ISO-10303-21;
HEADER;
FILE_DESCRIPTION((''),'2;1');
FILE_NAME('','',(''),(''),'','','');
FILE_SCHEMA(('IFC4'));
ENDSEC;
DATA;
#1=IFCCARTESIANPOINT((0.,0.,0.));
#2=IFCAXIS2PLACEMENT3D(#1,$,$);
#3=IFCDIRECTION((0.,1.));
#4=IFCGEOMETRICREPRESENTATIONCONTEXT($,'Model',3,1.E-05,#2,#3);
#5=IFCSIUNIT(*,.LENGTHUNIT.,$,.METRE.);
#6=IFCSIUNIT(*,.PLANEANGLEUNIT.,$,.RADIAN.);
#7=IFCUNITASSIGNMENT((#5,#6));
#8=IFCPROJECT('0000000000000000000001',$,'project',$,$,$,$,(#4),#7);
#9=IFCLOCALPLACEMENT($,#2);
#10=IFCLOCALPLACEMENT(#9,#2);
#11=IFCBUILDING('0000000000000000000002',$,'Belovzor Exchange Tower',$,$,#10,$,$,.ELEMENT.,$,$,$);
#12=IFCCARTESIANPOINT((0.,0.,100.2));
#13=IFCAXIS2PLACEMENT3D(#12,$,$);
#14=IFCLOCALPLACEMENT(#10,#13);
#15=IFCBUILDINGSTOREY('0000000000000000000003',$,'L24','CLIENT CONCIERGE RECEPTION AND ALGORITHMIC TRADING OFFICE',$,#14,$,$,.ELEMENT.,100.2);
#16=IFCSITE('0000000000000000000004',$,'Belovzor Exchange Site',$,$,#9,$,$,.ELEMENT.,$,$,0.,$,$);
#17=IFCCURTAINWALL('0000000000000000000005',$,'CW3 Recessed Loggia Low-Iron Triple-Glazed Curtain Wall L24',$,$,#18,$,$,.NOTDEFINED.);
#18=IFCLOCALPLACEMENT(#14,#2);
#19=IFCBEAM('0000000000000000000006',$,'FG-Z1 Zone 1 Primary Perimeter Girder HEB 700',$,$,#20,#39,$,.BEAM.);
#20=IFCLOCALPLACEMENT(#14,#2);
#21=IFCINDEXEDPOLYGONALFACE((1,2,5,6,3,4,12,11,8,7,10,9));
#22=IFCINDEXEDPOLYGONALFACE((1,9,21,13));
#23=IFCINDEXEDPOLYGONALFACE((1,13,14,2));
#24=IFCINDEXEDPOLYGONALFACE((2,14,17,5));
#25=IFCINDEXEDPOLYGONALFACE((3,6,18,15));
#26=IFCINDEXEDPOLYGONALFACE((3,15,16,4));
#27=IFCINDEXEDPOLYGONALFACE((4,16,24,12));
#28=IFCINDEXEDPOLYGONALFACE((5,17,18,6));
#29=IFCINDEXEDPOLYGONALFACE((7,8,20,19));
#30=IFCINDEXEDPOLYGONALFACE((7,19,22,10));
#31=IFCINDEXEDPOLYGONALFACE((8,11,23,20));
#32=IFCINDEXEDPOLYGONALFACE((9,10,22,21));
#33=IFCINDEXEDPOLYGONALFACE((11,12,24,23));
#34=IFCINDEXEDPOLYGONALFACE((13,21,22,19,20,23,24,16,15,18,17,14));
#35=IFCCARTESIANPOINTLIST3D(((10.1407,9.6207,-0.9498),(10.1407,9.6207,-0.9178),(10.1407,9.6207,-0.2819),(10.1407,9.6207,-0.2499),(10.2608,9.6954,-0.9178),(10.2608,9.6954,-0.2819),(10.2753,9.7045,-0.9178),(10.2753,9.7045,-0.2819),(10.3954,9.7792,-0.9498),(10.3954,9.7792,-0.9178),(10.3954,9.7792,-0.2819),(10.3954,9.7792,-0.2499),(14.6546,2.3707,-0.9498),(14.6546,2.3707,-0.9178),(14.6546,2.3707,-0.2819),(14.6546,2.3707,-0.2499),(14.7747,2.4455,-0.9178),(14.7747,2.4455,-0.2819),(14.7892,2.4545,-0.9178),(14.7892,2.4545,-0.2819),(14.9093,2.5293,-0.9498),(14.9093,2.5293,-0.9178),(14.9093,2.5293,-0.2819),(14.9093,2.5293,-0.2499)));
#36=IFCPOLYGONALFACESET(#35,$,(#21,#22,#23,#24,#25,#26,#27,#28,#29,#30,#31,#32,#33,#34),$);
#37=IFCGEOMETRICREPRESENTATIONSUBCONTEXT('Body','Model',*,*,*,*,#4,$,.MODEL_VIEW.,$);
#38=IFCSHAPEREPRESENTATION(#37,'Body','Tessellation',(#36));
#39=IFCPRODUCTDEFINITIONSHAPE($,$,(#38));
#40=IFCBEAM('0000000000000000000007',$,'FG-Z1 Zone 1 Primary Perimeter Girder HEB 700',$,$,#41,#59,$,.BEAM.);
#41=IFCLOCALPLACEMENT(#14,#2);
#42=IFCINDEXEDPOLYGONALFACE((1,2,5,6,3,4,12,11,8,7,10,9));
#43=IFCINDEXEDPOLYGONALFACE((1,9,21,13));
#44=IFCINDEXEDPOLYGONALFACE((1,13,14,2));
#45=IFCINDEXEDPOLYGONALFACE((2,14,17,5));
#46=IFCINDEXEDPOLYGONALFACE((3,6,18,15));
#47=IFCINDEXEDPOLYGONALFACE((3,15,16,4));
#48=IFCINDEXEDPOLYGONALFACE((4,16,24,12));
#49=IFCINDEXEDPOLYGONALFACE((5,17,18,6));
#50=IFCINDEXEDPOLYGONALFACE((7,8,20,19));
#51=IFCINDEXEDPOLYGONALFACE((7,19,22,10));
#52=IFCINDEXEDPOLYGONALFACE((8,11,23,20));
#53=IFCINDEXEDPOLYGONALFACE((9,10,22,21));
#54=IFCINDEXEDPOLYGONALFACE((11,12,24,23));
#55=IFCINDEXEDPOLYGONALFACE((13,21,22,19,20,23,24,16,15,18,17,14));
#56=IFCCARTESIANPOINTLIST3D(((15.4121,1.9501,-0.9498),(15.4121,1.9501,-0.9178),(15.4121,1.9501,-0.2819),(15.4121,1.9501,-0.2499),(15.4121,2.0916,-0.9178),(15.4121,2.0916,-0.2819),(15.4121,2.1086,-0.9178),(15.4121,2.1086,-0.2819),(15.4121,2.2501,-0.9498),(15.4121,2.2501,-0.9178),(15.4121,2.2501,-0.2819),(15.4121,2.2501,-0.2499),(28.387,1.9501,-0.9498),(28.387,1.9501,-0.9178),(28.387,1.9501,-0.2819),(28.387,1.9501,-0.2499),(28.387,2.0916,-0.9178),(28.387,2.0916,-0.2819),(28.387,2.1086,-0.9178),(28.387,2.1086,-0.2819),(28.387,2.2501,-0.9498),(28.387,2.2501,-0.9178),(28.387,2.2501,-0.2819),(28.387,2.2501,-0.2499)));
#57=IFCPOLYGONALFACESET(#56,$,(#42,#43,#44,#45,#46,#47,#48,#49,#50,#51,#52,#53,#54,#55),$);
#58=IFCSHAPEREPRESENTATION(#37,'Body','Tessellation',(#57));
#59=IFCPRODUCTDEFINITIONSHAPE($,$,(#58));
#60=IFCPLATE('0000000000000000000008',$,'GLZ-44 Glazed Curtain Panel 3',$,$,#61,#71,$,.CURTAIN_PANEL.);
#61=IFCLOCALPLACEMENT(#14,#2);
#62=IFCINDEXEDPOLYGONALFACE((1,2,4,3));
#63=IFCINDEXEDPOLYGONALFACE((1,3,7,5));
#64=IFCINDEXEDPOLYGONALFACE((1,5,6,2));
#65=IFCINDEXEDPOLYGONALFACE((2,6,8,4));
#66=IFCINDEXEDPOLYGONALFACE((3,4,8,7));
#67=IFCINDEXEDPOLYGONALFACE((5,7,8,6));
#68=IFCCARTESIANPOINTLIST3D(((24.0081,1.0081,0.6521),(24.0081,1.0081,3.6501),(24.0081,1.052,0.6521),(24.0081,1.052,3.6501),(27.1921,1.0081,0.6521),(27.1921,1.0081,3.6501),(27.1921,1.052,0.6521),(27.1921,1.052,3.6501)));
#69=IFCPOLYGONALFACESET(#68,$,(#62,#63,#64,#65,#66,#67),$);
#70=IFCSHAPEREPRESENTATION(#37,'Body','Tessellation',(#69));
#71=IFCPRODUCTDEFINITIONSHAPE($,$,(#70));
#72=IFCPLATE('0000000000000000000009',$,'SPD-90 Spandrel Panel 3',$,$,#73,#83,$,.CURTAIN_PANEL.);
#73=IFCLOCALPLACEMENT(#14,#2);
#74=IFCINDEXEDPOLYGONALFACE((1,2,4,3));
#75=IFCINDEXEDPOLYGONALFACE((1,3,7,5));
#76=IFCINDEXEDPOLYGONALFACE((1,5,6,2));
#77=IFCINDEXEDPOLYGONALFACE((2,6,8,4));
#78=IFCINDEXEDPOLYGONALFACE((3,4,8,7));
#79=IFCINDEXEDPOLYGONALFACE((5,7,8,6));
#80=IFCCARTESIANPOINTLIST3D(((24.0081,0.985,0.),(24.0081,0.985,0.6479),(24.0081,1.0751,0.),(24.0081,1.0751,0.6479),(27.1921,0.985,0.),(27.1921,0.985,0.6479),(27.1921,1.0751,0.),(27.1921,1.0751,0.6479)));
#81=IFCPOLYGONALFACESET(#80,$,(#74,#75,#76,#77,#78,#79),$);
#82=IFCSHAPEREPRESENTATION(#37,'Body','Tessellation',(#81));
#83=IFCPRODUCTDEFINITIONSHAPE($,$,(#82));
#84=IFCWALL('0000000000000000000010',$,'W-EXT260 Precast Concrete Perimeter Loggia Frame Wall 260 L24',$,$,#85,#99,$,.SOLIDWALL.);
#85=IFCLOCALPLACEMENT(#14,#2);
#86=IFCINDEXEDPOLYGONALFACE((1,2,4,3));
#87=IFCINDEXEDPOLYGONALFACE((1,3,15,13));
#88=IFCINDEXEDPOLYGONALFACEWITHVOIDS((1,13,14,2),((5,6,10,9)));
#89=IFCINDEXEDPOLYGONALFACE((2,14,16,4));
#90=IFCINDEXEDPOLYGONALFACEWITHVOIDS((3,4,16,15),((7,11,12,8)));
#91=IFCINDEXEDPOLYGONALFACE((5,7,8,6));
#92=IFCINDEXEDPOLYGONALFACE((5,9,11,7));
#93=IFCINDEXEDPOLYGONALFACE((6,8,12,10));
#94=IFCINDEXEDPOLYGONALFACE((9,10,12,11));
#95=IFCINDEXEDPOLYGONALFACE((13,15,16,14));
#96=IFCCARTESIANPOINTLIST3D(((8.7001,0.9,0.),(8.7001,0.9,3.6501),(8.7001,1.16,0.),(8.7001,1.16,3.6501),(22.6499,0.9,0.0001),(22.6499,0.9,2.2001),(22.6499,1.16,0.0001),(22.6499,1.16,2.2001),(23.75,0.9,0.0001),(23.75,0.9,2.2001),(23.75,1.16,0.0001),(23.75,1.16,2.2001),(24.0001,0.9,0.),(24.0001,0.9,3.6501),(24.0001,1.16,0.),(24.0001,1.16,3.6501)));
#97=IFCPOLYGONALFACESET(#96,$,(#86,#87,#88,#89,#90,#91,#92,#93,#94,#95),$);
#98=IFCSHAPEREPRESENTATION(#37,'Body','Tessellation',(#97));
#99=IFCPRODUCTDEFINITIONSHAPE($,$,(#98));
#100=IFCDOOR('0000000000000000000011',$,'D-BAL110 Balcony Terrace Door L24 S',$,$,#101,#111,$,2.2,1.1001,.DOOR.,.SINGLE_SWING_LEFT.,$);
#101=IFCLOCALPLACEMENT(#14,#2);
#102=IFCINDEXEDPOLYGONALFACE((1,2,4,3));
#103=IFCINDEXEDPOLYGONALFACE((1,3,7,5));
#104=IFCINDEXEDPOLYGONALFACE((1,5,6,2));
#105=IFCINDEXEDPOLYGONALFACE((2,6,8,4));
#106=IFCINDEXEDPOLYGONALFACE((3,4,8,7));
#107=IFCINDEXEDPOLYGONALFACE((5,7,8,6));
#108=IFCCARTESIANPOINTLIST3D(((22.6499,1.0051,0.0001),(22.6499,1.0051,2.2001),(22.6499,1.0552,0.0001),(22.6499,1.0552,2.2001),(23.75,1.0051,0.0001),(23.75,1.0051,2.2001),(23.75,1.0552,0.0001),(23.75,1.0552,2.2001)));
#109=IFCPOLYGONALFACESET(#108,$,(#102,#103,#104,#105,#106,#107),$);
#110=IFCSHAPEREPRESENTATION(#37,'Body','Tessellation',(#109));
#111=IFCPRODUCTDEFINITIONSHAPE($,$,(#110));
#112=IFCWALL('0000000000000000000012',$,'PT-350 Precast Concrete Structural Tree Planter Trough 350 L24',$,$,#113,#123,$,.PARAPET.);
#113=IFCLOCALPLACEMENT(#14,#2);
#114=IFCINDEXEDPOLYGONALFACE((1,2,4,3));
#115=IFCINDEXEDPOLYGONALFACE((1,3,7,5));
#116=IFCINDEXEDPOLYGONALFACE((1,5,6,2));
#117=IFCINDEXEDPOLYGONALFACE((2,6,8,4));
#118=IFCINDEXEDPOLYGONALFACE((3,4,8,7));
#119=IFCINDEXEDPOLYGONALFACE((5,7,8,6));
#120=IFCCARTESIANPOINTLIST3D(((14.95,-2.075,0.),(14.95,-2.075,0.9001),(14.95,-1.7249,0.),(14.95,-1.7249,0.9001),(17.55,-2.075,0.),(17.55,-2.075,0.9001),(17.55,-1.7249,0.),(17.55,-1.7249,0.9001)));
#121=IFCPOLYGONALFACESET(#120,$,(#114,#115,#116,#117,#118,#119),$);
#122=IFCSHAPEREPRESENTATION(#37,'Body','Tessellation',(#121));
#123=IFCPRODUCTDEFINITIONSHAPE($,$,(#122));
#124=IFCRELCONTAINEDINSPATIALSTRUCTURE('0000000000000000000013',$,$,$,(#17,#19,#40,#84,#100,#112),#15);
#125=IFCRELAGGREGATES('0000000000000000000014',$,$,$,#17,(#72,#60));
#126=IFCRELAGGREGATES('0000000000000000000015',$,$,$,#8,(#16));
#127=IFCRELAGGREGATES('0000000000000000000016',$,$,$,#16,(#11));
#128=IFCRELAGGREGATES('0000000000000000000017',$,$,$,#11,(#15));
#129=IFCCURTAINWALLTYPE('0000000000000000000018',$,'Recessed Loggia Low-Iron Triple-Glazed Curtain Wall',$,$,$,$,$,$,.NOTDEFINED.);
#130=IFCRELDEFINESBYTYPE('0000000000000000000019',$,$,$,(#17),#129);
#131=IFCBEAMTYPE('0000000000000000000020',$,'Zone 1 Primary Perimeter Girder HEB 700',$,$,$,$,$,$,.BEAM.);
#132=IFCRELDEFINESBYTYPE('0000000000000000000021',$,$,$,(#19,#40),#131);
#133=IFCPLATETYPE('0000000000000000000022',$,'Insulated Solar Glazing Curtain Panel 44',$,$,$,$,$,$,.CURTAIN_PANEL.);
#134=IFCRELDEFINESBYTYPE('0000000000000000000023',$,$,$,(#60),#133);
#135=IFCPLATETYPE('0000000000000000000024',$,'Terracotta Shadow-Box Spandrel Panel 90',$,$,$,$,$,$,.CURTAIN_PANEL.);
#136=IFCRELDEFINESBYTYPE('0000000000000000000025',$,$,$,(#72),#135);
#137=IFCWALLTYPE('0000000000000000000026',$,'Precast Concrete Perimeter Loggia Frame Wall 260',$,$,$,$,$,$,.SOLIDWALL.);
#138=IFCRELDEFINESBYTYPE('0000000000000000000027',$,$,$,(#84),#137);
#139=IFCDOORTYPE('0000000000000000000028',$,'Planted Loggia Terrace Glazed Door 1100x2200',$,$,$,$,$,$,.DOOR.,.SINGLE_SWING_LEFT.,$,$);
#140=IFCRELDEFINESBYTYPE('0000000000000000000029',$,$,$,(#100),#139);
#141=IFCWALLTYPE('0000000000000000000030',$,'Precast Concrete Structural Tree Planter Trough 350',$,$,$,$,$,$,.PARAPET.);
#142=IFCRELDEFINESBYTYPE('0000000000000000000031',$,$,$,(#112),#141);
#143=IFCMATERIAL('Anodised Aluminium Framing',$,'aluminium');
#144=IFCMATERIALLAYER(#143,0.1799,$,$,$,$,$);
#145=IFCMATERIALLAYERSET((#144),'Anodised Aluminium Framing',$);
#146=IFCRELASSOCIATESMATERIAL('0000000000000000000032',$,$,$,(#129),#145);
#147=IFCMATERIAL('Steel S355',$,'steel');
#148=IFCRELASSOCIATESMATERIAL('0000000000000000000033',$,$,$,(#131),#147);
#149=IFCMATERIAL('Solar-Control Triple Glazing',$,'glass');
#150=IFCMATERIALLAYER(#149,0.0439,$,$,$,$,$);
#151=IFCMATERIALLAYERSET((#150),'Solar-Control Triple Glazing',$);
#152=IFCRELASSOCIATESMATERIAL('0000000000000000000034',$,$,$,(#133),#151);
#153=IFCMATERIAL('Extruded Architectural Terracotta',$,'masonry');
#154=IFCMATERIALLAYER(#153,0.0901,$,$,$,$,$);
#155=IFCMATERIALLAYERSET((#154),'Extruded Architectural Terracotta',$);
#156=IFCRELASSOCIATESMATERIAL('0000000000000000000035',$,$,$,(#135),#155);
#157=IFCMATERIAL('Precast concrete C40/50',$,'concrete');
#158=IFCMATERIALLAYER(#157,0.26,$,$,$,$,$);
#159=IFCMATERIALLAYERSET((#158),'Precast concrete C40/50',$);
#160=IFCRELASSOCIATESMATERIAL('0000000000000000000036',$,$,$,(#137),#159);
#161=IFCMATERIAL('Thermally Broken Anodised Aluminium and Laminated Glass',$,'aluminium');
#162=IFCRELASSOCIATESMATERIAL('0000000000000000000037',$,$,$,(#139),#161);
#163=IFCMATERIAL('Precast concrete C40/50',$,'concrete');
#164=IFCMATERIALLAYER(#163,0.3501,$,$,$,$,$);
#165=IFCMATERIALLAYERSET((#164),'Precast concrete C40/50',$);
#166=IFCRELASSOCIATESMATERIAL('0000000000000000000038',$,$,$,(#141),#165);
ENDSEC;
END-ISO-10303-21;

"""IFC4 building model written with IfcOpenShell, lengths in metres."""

from ifc_helpers import new_model, si_unit, direction, frame, frame_2d, origin, origin_2d, place, context, subcontext, project, spatial, rectangle, i_section, extrude, material, layer, layer_set, material_profile, profile_set, type_object, element, fill, aggregate, save


model = new_model("IFC4")

# Units and contexts
model_context = context("Model", 3, precision=1e-05, world=origin(), true_north=direction((0.0, 1.0)))
body_context = subcontext(model_context, "Body", "Model", "MODEL_VIEW")
ifc_project = project(units=[si_unit("LENGTHUNIT", "METRE"), si_unit("PLANEANGLEUNIT", "RADIAN")], contexts=[model_context])

# Site, building, storey
site_placement = place(None, origin())
site = spatial("IfcSite", under=ifc_project, at=site_placement, Name="Belovzor Exchange Site", CompositionType="ELEMENT", RefElevation=0.0)
building_placement = place(site_placement, origin())
building = spatial("IfcBuilding", under=site, at=building_placement, Name="Belovzor Exchange Tower", CompositionType="ELEMENT")
storey_placement = place(building_placement, frame((0.0, 0.0, 100.2)))
storey = spatial("IfcBuildingStorey", under=building, at=storey_placement, Name="L24", Description="CLIENT CONCIERGE RECEPTION AND ALGORITHMIC TRADING OFFICE", CompositionType="ELEMENT", Elevation=100.2)

# Curtain wall
ifc_material_1 = material(Name="Anodised Aluminium Framing", Category="aluminium")
ifc_layer_1 = layer(ifc_material_1, 0.1799)
ifc_layer_set_1 = layer_set([ifc_layer_1], Name="Anodised Aluminium Framing")
curtain_wall_type = type_object("IfcCurtainWallType", Name="Recessed Loggia Low-Iron Triple-Glazed Curtain Wall", PredefinedType="NOTDEFINED", material=ifc_layer_set_1)
curtain_wall_placement = place(storey_placement, origin())
curtain_wall = element("IfcCurtainWall", 1, at=curtain_wall_placement, inside=storey, type_object=curtain_wall_type, Name="CW3 Recessed Loggia Low-Iron Triple-Glazed Curtain Wall L24", PredefinedType="NOTDEFINED")

# Beams
ifc_material_2 = material(Name="Steel S355", Category="steel")
ifc_material_profile_1 = material_profile(ifc_material_2, i_section(OverallWidth=0.3, OverallDepth=0.7, WebThickness=0.0171, FlangeThickness=0.032, at=origin_2d()))
ifc_profile_set_1 = profile_set([ifc_material_profile_1], Name="Steel S355")
beam_type_1 = type_object("IfcBeamType", Name="Zone 1 Primary Perimeter Girder HEB 700", PredefinedType="BEAM", material=ifc_profile_set_1)
beam_1_placement = place(storey_placement, frame((10.2681, 9.7, -0.5999), z_axis=(0.528539, -0.848909, 0.0), x_axis=(0.848909, 0.528539, 0.0)))
element("IfcBeam", 2, at=beam_1_placement, inside=storey, type_object=beam_type_1, Name="FG-Z1 Zone 1 Primary Perimeter Girder HEB 700", PredefinedType="BEAM", context=body_context, shape_type="SweptSolid", body=[
    extrude(i_section(OverallWidth=0.3, OverallDepth=0.7, WebThickness=0.0171, FlangeThickness=0.032, at=origin_2d()), origin(), (0.0, 0.0, 1.0), 8.5403),
])
beam_2_placement = place(storey_placement, frame((15.4121, 2.1001, -0.5999), z_axis=(1.0, 0.0, 0.0), x_axis=(0.0, 1.0, 0.0)))
element("IfcBeam", 3, at=beam_2_placement, inside=storey, type_object=beam_type_1, Name="FG-Z1 Zone 1 Primary Perimeter Girder HEB 700", PredefinedType="BEAM", context=body_context, shape_type="SweptSolid", body=[
    extrude(i_section(OverallWidth=0.3, OverallDepth=0.7, WebThickness=0.0171, FlangeThickness=0.032, at=origin_2d()), origin(), (0.0, 0.0, 1.0), 12.9749),
])

# Plates
ifc_material_3 = material(Name="Solar-Control Triple Glazing", Category="glass")
ifc_layer_2 = layer(ifc_material_3, 0.0439)
ifc_layer_set_2 = layer_set([ifc_layer_2], Name="Solar-Control Triple Glazing")
plate_type_1 = type_object("IfcPlateType", Name="Insulated Solar Glazing Curtain Panel 44", PredefinedType="CURTAIN_PANEL", material=ifc_layer_set_2)
plate_1_placement = place(storey_placement, frame((25.6001, 1.03, 0.6521), z_axis=(0.0, 0.0, 1.0), x_axis=(-1.0, 0.0, 0.0)))
plate_1 = element("IfcPlate", 4, at=plate_1_placement, type_object=plate_type_1, Name="GLZ-44 Glazed Curtain Panel 3", PredefinedType="CURTAIN_PANEL", context=body_context, shape_type="SweptSolid", body=[
    extrude(rectangle(XDim=3.1841, YDim=0.0439, at=origin_2d()), origin(), (0.0, 0.0, 1.0), 2.998),
])
ifc_material_4 = material(Name="Extruded Architectural Terracotta", Category="masonry")
ifc_layer_3 = layer(ifc_material_4, 0.0901)
ifc_layer_set_3 = layer_set([ifc_layer_3], Name="Extruded Architectural Terracotta")
plate_type_2 = type_object("IfcPlateType", Name="Terracotta Shadow-Box Spandrel Panel 90", PredefinedType="CURTAIN_PANEL", material=ifc_layer_set_3)
plate_2_placement = place(storey_placement, frame((25.6001, 1.03, 0.0), z_axis=(0.0, 0.0, 1.0), x_axis=(-1.0, 0.0, 0.0)))
plate_2 = element("IfcPlate", 5, at=plate_2_placement, type_object=plate_type_2, Name="SPD-90 Spandrel Panel 3", PredefinedType="CURTAIN_PANEL", context=body_context, shape_type="SweptSolid", body=[
    extrude(rectangle(XDim=3.1841, YDim=0.0901, at=origin_2d()), origin(), (0.0, 0.0, 1.0), 0.6479),
])
aggregate(curtain_wall, [plate_2, plate_1])

# Wall, opening, door
ifc_material_5 = material(Name="Precast concrete C40/50", Category="concrete")
ifc_layer_4 = layer(ifc_material_5, 0.26)
ifc_layer_set_4 = layer_set([ifc_layer_4], Name="Precast concrete C40/50")
wall_type_1 = type_object("IfcWallType", Name="Precast Concrete Perimeter Loggia Frame Wall 260", PredefinedType="SOLIDWALL", material=ifc_layer_set_4)
wall_1_placement = place(storey_placement, frame((24.0, 1.03, 0.0), z_axis=(0.0, 0.0, 1.0), x_axis=(-1.0, 0.0, 0.0)))
wall_1 = element("IfcWall", 6, at=wall_1_placement, inside=storey, type_object=wall_type_1, Name="W-EXT260 Precast Concrete Perimeter Loggia Frame Wall 260 L24", PredefinedType="SOLIDWALL", context=body_context, shape_type="SweptSolid", body=[
    extrude(rectangle(XDim=15.3, YDim=0.26, at=frame_2d((7.6499, 0.0))), origin(), (0.0, 0.0, 1.0), 3.6501),
])
opening_placement = place(wall_1_placement, frame((0.25, 0.0, 0.0)))
opening = element("IfcOpeningElement", 7, at=opening_placement, cuts=wall_1, PredefinedType="OPENING", context=body_context, shape_type="SweptSolid", body=[
    extrude(rectangle(XDim=1.1001, YDim=2.2, at=frame_2d((0.55, 1.1001))), frame((0.0, 0.1399, 0.0), z_axis=(0.0, -1.0, 0.0), x_axis=(1.0, 0.0, 0.0)), (0.0, 0.0, 1.0), 0.28),
])
ifc_material_6 = material(Name="Thermally Broken Anodised Aluminium and Laminated Glass", Category="aluminium")
door_type = type_object("IfcDoorType", Name="Planted Loggia Terrace Glazed Door 1100x2200", OperationType="SINGLE_SWING_LEFT", PredefinedType="DOOR", material=ifc_material_6)
door_placement = place(opening_placement, origin())
door = element("IfcDoor", 8, at=door_placement, inside=storey, type_object=door_type, Name="D-BAL110 Balcony Terrace Door L24 S", OperationType="SINGLE_SWING_LEFT", OverallHeight=2.2, OverallWidth=1.1001, PredefinedType="DOOR", context=body_context, shape_type="SweptSolid", body=[
    extrude(rectangle(XDim=1.1001, YDim=2.2, at=frame_2d((0.55, 1.1001))), frame((0.0, 0.0249, 0.0), z_axis=(0.0, -1.0, 0.0), x_axis=(1.0, 0.0, 0.0)), (0.0, 0.0, 1.0), 0.05),
])
fill(opening, door)

# Wall
ifc_material_7 = material(Name="Precast concrete C40/50", Category="concrete")
ifc_layer_5 = layer(ifc_material_7, 0.3501)
ifc_layer_set_5 = layer_set([ifc_layer_5], Name="Precast concrete C40/50")
wall_type_2 = type_object("IfcWallType", Name="Precast Concrete Structural Tree Planter Trough 350", PredefinedType="PARAPET", material=ifc_layer_set_5)
wall_2_placement = place(storey_placement, frame((14.95, -1.8999, 0.0), z_axis=(0.0, 0.0, 1.0), x_axis=(1.0, 0.0, 0.0)))
element("IfcWall", 9, at=wall_2_placement, inside=storey, type_object=wall_type_2, Name="PT-350 Precast Concrete Structural Tree Planter Trough 350 L24", PredefinedType="PARAPET", context=body_context, shape_type="SweptSolid", body=[
    extrude(rectangle(XDim=2.6001, YDim=0.3501, at=frame_2d((1.3, 0.0))), origin(), (0.0, 0.0, 1.0), 0.9001),
])

save(model, "model.ifc")
